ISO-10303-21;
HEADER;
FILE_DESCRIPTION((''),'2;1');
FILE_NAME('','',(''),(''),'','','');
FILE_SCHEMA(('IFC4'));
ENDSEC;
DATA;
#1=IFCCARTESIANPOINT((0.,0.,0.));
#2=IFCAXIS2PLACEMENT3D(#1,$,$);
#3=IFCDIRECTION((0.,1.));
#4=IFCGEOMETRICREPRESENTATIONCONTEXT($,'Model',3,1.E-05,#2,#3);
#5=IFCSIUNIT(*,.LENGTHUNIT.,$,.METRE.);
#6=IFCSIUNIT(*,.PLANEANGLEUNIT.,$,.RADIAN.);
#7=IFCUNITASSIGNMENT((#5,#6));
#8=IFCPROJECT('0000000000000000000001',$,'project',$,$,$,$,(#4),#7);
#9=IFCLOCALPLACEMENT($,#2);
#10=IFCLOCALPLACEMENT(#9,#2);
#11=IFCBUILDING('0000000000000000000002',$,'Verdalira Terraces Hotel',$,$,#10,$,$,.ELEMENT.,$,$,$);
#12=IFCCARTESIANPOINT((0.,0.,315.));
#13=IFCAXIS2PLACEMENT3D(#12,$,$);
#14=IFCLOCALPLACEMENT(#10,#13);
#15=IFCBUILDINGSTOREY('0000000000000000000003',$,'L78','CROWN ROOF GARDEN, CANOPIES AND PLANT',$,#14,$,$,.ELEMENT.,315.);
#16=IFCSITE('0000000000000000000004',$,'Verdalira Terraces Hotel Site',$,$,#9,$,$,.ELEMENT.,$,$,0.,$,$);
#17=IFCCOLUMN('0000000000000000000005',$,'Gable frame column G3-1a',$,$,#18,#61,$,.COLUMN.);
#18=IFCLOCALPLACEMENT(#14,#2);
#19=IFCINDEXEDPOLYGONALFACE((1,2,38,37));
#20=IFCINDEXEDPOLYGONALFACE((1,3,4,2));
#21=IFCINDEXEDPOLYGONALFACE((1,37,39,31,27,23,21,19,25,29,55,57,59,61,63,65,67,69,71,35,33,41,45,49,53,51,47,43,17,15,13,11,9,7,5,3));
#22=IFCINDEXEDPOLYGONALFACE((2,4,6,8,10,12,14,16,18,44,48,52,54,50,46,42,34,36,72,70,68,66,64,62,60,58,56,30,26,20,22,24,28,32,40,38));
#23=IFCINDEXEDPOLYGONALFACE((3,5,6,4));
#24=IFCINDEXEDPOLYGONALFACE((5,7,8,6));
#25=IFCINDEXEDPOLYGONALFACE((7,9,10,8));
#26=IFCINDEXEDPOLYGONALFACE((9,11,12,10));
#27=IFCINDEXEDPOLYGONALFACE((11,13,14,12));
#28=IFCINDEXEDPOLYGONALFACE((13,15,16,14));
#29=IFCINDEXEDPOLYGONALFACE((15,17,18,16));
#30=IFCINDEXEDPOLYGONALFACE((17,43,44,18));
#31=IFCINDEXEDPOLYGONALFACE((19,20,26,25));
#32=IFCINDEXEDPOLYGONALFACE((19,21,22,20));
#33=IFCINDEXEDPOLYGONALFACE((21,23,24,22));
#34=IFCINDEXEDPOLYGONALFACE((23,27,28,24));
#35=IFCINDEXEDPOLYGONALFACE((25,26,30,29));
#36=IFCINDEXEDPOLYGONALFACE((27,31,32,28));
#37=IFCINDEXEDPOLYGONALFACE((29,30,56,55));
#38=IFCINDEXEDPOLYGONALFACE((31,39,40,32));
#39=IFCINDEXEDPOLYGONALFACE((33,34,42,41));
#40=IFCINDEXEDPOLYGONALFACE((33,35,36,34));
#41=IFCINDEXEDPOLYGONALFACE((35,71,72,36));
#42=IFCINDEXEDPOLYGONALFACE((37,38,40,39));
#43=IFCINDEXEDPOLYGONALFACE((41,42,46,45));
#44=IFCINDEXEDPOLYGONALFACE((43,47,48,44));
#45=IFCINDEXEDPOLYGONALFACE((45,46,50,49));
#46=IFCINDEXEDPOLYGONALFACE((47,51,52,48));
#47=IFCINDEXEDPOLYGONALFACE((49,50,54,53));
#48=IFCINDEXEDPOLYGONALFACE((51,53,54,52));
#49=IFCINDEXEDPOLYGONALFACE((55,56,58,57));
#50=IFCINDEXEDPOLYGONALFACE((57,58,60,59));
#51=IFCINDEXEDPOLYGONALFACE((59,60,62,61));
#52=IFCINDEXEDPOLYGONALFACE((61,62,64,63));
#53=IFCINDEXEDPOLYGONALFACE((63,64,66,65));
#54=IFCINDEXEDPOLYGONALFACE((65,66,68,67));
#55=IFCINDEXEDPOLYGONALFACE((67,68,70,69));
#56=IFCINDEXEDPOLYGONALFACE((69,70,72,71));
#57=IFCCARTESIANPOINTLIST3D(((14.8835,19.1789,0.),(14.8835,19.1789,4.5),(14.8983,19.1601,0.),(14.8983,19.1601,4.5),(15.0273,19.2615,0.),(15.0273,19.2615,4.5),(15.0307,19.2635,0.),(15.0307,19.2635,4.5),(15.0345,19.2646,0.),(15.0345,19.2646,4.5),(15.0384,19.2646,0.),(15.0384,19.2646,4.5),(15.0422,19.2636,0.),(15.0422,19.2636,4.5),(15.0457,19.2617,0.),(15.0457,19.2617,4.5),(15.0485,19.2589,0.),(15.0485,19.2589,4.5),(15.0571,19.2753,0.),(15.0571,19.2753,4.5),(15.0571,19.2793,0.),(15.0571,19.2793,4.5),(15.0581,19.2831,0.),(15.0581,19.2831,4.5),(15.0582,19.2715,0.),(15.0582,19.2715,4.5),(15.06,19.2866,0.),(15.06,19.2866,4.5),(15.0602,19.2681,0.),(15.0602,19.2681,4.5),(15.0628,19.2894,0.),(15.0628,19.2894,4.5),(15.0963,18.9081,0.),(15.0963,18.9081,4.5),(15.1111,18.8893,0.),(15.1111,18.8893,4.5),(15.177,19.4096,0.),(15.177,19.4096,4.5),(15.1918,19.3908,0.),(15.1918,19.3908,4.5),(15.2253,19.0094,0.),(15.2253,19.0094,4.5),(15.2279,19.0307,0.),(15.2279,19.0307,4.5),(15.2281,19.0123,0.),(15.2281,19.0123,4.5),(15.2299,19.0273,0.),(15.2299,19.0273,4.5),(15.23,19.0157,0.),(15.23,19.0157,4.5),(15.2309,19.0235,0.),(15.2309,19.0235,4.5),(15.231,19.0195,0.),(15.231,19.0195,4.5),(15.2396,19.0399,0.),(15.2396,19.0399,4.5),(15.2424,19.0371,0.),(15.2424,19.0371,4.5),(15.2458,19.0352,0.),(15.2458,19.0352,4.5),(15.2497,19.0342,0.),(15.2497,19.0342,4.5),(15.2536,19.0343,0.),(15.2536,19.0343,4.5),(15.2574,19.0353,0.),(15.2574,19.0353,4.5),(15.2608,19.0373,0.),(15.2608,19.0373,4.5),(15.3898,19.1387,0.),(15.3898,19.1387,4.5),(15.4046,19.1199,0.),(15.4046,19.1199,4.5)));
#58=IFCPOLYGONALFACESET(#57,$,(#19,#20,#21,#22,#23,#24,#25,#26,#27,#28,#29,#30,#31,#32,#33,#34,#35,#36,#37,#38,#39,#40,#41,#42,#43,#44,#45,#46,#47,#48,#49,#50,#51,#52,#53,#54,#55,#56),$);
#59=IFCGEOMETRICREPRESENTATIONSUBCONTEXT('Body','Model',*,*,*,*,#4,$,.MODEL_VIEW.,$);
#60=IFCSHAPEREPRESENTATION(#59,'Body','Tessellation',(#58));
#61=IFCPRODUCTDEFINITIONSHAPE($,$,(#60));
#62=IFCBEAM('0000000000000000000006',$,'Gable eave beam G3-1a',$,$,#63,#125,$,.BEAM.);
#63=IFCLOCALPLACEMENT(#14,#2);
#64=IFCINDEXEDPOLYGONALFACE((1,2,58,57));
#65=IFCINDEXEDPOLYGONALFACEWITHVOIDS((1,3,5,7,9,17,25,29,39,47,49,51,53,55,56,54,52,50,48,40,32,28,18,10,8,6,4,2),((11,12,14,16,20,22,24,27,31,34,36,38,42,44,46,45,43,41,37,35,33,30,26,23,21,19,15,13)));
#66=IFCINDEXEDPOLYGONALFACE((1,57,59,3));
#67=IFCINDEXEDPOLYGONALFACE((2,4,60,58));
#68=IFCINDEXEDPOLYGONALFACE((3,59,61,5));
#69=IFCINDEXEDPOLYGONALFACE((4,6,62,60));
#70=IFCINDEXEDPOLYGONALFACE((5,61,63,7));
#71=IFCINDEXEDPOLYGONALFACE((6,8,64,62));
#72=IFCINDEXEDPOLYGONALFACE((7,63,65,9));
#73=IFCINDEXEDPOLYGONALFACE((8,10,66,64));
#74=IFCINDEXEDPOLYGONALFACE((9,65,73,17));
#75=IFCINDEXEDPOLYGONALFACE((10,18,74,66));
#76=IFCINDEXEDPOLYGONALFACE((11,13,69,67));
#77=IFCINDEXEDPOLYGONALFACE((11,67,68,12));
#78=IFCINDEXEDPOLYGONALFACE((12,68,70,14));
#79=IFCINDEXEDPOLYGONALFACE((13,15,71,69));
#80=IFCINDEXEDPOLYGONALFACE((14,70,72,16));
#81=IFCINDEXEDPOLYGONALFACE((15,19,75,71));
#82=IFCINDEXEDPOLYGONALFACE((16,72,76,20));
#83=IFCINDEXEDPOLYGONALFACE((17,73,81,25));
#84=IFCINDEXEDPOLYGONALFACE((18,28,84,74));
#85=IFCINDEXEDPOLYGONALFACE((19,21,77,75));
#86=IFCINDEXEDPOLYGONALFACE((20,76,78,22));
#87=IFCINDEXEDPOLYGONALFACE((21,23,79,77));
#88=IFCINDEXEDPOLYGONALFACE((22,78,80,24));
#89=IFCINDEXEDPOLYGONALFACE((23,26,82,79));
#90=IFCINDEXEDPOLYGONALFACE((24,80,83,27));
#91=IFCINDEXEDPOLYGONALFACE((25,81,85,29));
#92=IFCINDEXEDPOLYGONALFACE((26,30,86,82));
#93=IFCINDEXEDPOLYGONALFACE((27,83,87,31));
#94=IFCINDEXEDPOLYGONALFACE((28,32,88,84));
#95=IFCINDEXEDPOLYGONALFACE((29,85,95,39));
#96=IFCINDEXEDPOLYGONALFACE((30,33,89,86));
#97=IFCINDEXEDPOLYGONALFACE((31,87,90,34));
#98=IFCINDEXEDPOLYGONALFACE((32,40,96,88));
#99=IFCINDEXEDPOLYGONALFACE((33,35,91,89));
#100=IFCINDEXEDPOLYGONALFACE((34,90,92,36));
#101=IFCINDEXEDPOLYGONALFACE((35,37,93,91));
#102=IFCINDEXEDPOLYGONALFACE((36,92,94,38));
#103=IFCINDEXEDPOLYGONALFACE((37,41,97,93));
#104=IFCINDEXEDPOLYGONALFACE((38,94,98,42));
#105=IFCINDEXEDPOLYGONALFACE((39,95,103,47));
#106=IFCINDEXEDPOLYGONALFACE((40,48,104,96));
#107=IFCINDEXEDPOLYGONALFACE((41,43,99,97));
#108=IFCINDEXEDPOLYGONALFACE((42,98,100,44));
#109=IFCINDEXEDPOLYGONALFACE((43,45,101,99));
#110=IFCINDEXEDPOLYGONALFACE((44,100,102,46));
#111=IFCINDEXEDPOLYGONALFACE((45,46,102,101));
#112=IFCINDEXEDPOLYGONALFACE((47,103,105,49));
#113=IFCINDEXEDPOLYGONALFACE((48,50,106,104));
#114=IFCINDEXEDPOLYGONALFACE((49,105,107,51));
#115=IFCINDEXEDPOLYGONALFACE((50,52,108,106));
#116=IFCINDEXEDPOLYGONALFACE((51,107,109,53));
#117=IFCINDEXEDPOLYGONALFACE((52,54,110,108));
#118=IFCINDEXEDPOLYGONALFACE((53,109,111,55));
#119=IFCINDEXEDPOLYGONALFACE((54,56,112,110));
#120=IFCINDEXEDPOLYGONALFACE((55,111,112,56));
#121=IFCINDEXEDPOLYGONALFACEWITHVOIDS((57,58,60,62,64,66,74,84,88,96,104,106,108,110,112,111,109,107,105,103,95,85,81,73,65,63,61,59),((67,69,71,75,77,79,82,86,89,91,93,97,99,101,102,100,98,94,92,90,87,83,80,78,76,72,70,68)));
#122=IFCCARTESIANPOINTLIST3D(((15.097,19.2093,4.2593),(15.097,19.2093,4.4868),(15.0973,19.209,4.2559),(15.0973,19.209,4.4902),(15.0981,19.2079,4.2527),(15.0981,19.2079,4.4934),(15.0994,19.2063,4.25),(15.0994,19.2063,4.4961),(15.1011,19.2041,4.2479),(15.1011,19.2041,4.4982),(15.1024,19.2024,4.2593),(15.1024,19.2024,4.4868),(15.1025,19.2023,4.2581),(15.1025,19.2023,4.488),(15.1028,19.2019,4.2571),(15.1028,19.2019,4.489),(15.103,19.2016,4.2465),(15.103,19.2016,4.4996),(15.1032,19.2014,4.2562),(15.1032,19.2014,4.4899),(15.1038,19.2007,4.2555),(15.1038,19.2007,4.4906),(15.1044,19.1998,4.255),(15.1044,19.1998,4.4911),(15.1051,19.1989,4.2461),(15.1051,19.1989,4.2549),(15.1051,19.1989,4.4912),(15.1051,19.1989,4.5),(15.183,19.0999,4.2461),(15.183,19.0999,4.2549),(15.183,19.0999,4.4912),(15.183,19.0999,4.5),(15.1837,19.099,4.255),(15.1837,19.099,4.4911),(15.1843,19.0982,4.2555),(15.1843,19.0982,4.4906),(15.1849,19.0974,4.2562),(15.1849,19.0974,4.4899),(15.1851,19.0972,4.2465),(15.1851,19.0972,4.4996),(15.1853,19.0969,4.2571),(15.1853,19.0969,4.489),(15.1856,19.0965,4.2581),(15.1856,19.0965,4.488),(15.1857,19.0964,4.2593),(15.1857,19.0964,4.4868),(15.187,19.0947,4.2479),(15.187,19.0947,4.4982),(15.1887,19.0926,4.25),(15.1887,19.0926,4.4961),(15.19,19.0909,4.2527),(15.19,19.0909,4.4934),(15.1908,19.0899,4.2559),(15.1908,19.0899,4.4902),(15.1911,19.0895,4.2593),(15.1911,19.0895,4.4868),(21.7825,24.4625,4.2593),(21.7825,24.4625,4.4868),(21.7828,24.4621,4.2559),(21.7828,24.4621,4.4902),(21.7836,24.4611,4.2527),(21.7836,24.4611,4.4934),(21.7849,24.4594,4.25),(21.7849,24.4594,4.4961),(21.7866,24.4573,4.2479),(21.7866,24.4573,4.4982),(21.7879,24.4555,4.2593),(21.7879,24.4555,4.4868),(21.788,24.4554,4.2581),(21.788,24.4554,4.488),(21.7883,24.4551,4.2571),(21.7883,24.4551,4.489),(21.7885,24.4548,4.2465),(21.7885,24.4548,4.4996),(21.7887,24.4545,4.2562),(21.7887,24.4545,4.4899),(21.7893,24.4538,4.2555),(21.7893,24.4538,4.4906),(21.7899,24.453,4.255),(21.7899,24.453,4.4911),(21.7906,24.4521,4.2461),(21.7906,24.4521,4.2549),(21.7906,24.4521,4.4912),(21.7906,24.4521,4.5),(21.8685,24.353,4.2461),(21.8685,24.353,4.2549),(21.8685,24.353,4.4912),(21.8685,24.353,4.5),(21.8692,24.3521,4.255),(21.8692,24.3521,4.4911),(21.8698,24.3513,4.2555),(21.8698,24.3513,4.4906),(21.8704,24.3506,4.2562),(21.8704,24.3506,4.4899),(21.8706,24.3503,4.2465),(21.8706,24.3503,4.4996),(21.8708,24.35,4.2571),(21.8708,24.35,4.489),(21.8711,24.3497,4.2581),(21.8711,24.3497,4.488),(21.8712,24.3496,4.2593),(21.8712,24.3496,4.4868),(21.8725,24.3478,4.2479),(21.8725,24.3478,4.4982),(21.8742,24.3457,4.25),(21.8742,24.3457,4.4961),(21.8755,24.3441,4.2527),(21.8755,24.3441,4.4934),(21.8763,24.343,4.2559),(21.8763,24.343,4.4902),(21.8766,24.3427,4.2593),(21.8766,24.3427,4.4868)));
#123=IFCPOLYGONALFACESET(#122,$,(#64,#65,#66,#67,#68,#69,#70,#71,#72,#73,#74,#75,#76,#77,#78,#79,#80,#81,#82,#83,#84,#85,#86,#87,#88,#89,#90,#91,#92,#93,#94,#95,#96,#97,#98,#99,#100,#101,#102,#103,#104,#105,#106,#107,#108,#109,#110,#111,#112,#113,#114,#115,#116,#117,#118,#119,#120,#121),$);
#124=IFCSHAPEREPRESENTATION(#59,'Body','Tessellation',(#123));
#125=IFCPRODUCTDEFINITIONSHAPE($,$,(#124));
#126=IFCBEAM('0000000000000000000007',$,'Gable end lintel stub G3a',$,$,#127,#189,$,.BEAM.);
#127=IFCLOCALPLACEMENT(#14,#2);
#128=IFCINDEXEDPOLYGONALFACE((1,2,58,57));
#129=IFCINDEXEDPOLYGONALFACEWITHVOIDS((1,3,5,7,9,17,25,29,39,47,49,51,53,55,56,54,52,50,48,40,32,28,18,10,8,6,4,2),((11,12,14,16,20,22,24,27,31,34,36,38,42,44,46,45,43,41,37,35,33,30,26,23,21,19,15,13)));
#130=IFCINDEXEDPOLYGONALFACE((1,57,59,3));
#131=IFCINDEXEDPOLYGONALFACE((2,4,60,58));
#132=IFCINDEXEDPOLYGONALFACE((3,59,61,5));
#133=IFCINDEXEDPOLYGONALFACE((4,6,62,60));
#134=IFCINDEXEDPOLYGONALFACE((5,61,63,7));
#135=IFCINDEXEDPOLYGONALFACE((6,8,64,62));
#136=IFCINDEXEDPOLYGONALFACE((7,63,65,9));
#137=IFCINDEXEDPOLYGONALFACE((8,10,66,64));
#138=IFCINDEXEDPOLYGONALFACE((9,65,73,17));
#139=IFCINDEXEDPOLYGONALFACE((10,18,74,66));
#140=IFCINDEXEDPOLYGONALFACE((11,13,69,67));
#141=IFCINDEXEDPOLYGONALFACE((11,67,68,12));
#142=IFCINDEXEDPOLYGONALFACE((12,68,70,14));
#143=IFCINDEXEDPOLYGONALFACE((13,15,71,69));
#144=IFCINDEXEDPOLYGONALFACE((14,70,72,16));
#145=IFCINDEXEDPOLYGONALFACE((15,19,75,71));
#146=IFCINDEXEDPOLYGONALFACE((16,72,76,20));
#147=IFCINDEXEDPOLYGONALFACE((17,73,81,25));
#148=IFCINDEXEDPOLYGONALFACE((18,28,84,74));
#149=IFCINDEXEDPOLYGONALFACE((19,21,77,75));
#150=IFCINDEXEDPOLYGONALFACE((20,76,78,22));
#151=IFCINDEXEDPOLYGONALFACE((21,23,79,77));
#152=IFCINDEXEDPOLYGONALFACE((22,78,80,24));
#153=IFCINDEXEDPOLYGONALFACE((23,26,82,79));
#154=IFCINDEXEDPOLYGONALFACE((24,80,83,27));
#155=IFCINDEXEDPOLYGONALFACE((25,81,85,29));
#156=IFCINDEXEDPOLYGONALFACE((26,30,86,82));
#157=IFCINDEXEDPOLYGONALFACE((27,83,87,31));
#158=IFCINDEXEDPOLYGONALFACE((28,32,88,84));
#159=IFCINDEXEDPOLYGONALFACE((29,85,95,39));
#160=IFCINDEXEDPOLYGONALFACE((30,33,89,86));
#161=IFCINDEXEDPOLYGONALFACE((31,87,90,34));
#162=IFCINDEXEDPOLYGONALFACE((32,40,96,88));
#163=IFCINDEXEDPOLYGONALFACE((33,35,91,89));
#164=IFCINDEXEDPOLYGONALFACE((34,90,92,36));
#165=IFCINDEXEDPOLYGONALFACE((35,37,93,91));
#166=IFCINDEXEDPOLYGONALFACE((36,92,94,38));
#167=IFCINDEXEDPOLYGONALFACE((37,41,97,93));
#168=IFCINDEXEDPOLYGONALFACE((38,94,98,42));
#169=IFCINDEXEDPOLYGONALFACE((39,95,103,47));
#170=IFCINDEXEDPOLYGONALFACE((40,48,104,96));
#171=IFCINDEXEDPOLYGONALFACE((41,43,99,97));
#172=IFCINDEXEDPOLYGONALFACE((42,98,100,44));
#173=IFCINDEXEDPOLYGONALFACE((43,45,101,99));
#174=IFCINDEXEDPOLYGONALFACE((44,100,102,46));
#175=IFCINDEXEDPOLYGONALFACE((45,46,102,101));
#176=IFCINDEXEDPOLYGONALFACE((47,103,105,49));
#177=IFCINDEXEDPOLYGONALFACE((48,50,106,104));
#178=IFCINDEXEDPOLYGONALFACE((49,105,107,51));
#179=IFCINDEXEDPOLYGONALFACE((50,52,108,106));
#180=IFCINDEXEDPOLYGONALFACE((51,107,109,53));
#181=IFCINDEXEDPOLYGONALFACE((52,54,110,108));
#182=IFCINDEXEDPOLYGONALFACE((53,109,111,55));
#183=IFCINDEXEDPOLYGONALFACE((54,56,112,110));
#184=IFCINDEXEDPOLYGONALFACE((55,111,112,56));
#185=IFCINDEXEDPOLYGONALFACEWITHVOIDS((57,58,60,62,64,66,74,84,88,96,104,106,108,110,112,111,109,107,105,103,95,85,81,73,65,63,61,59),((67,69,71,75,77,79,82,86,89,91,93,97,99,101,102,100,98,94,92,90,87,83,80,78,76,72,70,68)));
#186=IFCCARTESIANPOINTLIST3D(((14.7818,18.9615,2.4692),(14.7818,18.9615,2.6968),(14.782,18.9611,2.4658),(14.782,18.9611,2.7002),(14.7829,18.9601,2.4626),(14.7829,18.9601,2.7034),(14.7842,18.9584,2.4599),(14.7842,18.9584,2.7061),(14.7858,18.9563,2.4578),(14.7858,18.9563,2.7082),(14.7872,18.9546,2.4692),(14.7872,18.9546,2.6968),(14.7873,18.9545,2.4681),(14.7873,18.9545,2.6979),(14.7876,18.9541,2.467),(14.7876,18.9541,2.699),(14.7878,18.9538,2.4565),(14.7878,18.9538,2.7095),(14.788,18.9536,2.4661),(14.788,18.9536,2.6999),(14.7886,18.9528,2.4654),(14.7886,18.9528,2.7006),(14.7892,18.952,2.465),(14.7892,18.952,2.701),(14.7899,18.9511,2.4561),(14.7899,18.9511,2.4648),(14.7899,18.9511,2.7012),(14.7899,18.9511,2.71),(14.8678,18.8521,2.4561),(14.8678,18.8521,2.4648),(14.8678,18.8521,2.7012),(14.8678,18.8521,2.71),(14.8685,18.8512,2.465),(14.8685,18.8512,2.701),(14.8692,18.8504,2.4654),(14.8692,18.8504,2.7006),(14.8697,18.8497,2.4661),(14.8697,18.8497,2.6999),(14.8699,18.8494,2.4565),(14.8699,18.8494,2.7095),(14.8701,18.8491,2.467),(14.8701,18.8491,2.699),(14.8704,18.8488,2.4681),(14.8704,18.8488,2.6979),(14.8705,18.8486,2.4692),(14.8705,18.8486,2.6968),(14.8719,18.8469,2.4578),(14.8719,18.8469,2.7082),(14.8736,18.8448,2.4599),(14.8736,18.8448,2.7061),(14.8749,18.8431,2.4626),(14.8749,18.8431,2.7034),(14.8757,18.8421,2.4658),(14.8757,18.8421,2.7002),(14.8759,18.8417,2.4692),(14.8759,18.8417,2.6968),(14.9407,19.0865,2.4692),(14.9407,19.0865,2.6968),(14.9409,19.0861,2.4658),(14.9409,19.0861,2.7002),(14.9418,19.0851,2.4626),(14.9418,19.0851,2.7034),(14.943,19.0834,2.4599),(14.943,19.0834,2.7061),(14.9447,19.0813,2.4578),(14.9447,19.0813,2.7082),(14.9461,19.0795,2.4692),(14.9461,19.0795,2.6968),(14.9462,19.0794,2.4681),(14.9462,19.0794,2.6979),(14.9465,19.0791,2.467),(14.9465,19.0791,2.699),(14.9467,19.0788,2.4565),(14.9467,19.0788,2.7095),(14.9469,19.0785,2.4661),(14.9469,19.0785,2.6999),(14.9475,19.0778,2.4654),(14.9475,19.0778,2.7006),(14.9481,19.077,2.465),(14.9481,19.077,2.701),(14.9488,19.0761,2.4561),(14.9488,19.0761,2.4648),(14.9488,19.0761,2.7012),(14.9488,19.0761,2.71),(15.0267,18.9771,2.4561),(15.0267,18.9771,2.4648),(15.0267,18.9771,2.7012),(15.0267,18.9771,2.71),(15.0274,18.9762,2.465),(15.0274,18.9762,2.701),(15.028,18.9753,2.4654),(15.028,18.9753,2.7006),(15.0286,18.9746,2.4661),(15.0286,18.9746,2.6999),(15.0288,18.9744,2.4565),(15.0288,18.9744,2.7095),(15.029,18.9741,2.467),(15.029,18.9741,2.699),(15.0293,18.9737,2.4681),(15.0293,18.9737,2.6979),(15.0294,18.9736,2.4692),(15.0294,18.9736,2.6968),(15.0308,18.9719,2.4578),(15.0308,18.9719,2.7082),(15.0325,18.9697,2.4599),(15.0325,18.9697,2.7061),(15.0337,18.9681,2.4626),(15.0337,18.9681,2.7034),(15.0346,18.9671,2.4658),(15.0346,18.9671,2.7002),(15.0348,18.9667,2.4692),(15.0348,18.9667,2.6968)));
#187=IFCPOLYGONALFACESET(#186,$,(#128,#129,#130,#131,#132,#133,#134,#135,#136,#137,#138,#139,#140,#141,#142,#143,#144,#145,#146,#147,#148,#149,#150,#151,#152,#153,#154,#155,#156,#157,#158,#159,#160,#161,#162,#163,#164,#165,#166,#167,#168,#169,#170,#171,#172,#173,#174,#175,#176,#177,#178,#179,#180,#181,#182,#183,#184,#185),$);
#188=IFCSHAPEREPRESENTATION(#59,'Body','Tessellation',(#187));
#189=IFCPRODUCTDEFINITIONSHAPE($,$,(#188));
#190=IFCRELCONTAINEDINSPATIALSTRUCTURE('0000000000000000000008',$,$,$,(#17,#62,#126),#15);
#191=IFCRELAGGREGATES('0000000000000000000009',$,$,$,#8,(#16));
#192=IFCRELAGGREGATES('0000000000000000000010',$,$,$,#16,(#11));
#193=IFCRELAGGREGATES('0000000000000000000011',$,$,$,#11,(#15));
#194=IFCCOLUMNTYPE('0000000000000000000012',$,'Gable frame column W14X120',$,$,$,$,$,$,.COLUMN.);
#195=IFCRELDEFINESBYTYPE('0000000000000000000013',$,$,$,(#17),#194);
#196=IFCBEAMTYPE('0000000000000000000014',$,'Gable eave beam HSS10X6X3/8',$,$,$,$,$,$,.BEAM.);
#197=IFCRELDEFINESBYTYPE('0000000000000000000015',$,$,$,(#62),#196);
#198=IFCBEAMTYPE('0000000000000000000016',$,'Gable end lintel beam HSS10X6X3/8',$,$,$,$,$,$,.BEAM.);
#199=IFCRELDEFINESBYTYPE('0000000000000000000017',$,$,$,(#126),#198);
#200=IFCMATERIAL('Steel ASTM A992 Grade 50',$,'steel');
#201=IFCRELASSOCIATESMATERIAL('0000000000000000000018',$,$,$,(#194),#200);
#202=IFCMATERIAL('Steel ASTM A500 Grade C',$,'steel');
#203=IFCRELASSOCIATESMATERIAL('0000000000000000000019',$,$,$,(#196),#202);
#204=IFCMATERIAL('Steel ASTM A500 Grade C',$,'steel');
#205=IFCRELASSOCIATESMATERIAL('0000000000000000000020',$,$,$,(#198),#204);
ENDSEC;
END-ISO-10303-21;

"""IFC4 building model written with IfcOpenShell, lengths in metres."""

from ifc_helpers import new_model, si_unit, direction, frame, origin, origin_2d, place, context, subcontext, project, spatial, hollow_rectangle, i_section, extrude, material, material_profile, profile_set, type_object, element, save


model = new_model("IFC4")

# Units and contexts
model_context = context("Model", 3, precision=1e-05, world=origin(), true_north=direction((0.0, 1.0)))
body_context = subcontext(model_context, "Body", "Model", "MODEL_VIEW")
ifc_project = project(units=[si_unit("LENGTHUNIT", "METRE"), si_unit("PLANEANGLEUNIT", "RADIAN")], contexts=[model_context])

# Site, building, storey
site_placement = place(None, origin())
site = spatial("IfcSite", under=ifc_project, at=site_placement, Name="Verdalira Terraces Hotel Site", CompositionType="ELEMENT", RefElevation=0.0)
building_placement = place(site_placement, origin())
building = spatial("IfcBuilding", under=site, at=building_placement, Name="Verdalira Terraces Hotel", CompositionType="ELEMENT")
storey_placement = place(building_placement, frame((0.0, 0.0, 315.0)))
storey = spatial("IfcBuildingStorey", under=building, at=storey_placement, Name="L78", Description="CROWN ROOF GARDEN, CANOPIES AND PLANT", CompositionType="ELEMENT", Elevation=315.0)

# Column
ifc_material_1 = material(Name="Steel ASTM A992 Grade 50", Category="steel")
ifc_material_profile_1 = material_profile(ifc_material_1, i_section(OverallWidth=0.3733, OverallDepth=0.3684, WebThickness=0.0149, FlangeThickness=0.0239, FilletRadius=0.0151, at=origin_2d()), Name="W14X120")
ifc_profile_set_1 = profile_set([ifc_material_profile_1], Name="Steel ASTM A992 Grade 50")
column_type = type_object("IfcColumnType", Name="Gable frame column W14X120", PredefinedType="COLUMN", material=ifc_profile_set_1)
column_placement = place(storey_placement, frame((15.144, 19.1494, 0.0), z_axis=(0.0, 0.0, 1.0), x_axis=(0.786288, 0.61786, 0.0)))
element("IfcColumn", 1, at=column_placement, inside=storey, type_object=column_type, Name="Gable frame column G3-1a", PredefinedType="COLUMN", context=body_context, shape_type="SweptSolid", body=[
    extrude(i_section(OverallWidth=0.3733, OverallDepth=0.3684, WebThickness=0.0149, FlangeThickness=0.0239, FilletRadius=0.0151, at=origin_2d()), origin(), (0.0, 0.0, 1.0), 4.5),
])

# Beams
ifc_material_2 = material(Name="Steel ASTM A500 Grade C", Category="steel")
ifc_material_profile_2 = material_profile(ifc_material_2, hollow_rectangle(XDim=0.1523, YDim=0.2539, WallThickness=0.0088, InnerFilletRadius=0.0044, OuterFilletRadius=0.0132, at=origin_2d()), Name="HSS10X6X3/8")
ifc_profile_set_2 = profile_set([ifc_material_profile_2], Name="Steel ASTM A500 Grade C")
beam_type_1 = type_object("IfcBeamType", Name="Gable eave beam HSS10X6X3/8", PredefinedType="BEAM", material=ifc_profile_set_2)
beam_1_placement = place(storey_placement, frame((15.144, 19.1494, 4.373), z_axis=(0.786304, 0.617839, 0.0), x_axis=(-0.617839, 0.786304, 0.0)))
element("IfcBeam", 2, at=beam_1_placement, inside=storey, type_object=beam_type_1, Name="Gable eave beam G3-1a", PredefinedType="BEAM", context=body_context, shape_type="SweptSolid", body=[
    extrude(hollow_rectangle(XDim=0.1523, YDim=0.2539, WallThickness=0.0088, InnerFilletRadius=0.0044, OuterFilletRadius=0.0132, at=origin_2d()), origin(), (0.0, 0.0, 1.0), 8.5024),
])
ifc_material_3 = material(Name="Steel ASTM A500 Grade C", Category="steel")
ifc_material_profile_3 = material_profile(ifc_material_3, hollow_rectangle(XDim=0.1523, YDim=0.2539, WallThickness=0.0088, InnerFilletRadius=0.0044, OuterFilletRadius=0.0132, at=origin_2d()), Name="HSS10X6X3/8")
ifc_profile_set_3 = profile_set([ifc_material_profile_3], Name="Steel ASTM A500 Grade C")
beam_type_2 = type_object("IfcBeamType", Name="Gable end lintel beam HSS10X6X3/8", PredefinedType="BEAM", material=ifc_profile_set_3)
beam_2_placement = place(storey_placement, frame((14.8289, 18.9016, 2.583), z_axis=(0.786025, 0.618195, 0.0), x_axis=(-0.618195, 0.786025, 0.0)))
element("IfcBeam", 3, at=beam_2_placement, inside=storey, type_object=beam_type_2, Name="Gable end lintel stub G3a", PredefinedType="BEAM", context=body_context, shape_type="SweptSolid", body=[
    extrude(hollow_rectangle(XDim=0.1523, YDim=0.2539, WallThickness=0.0088, InnerFilletRadius=0.0044, OuterFilletRadius=0.0132, at=origin_2d()), origin(), (0.0, 0.0, 1.0), 0.2021),
])

save(model, "model.ifc")
